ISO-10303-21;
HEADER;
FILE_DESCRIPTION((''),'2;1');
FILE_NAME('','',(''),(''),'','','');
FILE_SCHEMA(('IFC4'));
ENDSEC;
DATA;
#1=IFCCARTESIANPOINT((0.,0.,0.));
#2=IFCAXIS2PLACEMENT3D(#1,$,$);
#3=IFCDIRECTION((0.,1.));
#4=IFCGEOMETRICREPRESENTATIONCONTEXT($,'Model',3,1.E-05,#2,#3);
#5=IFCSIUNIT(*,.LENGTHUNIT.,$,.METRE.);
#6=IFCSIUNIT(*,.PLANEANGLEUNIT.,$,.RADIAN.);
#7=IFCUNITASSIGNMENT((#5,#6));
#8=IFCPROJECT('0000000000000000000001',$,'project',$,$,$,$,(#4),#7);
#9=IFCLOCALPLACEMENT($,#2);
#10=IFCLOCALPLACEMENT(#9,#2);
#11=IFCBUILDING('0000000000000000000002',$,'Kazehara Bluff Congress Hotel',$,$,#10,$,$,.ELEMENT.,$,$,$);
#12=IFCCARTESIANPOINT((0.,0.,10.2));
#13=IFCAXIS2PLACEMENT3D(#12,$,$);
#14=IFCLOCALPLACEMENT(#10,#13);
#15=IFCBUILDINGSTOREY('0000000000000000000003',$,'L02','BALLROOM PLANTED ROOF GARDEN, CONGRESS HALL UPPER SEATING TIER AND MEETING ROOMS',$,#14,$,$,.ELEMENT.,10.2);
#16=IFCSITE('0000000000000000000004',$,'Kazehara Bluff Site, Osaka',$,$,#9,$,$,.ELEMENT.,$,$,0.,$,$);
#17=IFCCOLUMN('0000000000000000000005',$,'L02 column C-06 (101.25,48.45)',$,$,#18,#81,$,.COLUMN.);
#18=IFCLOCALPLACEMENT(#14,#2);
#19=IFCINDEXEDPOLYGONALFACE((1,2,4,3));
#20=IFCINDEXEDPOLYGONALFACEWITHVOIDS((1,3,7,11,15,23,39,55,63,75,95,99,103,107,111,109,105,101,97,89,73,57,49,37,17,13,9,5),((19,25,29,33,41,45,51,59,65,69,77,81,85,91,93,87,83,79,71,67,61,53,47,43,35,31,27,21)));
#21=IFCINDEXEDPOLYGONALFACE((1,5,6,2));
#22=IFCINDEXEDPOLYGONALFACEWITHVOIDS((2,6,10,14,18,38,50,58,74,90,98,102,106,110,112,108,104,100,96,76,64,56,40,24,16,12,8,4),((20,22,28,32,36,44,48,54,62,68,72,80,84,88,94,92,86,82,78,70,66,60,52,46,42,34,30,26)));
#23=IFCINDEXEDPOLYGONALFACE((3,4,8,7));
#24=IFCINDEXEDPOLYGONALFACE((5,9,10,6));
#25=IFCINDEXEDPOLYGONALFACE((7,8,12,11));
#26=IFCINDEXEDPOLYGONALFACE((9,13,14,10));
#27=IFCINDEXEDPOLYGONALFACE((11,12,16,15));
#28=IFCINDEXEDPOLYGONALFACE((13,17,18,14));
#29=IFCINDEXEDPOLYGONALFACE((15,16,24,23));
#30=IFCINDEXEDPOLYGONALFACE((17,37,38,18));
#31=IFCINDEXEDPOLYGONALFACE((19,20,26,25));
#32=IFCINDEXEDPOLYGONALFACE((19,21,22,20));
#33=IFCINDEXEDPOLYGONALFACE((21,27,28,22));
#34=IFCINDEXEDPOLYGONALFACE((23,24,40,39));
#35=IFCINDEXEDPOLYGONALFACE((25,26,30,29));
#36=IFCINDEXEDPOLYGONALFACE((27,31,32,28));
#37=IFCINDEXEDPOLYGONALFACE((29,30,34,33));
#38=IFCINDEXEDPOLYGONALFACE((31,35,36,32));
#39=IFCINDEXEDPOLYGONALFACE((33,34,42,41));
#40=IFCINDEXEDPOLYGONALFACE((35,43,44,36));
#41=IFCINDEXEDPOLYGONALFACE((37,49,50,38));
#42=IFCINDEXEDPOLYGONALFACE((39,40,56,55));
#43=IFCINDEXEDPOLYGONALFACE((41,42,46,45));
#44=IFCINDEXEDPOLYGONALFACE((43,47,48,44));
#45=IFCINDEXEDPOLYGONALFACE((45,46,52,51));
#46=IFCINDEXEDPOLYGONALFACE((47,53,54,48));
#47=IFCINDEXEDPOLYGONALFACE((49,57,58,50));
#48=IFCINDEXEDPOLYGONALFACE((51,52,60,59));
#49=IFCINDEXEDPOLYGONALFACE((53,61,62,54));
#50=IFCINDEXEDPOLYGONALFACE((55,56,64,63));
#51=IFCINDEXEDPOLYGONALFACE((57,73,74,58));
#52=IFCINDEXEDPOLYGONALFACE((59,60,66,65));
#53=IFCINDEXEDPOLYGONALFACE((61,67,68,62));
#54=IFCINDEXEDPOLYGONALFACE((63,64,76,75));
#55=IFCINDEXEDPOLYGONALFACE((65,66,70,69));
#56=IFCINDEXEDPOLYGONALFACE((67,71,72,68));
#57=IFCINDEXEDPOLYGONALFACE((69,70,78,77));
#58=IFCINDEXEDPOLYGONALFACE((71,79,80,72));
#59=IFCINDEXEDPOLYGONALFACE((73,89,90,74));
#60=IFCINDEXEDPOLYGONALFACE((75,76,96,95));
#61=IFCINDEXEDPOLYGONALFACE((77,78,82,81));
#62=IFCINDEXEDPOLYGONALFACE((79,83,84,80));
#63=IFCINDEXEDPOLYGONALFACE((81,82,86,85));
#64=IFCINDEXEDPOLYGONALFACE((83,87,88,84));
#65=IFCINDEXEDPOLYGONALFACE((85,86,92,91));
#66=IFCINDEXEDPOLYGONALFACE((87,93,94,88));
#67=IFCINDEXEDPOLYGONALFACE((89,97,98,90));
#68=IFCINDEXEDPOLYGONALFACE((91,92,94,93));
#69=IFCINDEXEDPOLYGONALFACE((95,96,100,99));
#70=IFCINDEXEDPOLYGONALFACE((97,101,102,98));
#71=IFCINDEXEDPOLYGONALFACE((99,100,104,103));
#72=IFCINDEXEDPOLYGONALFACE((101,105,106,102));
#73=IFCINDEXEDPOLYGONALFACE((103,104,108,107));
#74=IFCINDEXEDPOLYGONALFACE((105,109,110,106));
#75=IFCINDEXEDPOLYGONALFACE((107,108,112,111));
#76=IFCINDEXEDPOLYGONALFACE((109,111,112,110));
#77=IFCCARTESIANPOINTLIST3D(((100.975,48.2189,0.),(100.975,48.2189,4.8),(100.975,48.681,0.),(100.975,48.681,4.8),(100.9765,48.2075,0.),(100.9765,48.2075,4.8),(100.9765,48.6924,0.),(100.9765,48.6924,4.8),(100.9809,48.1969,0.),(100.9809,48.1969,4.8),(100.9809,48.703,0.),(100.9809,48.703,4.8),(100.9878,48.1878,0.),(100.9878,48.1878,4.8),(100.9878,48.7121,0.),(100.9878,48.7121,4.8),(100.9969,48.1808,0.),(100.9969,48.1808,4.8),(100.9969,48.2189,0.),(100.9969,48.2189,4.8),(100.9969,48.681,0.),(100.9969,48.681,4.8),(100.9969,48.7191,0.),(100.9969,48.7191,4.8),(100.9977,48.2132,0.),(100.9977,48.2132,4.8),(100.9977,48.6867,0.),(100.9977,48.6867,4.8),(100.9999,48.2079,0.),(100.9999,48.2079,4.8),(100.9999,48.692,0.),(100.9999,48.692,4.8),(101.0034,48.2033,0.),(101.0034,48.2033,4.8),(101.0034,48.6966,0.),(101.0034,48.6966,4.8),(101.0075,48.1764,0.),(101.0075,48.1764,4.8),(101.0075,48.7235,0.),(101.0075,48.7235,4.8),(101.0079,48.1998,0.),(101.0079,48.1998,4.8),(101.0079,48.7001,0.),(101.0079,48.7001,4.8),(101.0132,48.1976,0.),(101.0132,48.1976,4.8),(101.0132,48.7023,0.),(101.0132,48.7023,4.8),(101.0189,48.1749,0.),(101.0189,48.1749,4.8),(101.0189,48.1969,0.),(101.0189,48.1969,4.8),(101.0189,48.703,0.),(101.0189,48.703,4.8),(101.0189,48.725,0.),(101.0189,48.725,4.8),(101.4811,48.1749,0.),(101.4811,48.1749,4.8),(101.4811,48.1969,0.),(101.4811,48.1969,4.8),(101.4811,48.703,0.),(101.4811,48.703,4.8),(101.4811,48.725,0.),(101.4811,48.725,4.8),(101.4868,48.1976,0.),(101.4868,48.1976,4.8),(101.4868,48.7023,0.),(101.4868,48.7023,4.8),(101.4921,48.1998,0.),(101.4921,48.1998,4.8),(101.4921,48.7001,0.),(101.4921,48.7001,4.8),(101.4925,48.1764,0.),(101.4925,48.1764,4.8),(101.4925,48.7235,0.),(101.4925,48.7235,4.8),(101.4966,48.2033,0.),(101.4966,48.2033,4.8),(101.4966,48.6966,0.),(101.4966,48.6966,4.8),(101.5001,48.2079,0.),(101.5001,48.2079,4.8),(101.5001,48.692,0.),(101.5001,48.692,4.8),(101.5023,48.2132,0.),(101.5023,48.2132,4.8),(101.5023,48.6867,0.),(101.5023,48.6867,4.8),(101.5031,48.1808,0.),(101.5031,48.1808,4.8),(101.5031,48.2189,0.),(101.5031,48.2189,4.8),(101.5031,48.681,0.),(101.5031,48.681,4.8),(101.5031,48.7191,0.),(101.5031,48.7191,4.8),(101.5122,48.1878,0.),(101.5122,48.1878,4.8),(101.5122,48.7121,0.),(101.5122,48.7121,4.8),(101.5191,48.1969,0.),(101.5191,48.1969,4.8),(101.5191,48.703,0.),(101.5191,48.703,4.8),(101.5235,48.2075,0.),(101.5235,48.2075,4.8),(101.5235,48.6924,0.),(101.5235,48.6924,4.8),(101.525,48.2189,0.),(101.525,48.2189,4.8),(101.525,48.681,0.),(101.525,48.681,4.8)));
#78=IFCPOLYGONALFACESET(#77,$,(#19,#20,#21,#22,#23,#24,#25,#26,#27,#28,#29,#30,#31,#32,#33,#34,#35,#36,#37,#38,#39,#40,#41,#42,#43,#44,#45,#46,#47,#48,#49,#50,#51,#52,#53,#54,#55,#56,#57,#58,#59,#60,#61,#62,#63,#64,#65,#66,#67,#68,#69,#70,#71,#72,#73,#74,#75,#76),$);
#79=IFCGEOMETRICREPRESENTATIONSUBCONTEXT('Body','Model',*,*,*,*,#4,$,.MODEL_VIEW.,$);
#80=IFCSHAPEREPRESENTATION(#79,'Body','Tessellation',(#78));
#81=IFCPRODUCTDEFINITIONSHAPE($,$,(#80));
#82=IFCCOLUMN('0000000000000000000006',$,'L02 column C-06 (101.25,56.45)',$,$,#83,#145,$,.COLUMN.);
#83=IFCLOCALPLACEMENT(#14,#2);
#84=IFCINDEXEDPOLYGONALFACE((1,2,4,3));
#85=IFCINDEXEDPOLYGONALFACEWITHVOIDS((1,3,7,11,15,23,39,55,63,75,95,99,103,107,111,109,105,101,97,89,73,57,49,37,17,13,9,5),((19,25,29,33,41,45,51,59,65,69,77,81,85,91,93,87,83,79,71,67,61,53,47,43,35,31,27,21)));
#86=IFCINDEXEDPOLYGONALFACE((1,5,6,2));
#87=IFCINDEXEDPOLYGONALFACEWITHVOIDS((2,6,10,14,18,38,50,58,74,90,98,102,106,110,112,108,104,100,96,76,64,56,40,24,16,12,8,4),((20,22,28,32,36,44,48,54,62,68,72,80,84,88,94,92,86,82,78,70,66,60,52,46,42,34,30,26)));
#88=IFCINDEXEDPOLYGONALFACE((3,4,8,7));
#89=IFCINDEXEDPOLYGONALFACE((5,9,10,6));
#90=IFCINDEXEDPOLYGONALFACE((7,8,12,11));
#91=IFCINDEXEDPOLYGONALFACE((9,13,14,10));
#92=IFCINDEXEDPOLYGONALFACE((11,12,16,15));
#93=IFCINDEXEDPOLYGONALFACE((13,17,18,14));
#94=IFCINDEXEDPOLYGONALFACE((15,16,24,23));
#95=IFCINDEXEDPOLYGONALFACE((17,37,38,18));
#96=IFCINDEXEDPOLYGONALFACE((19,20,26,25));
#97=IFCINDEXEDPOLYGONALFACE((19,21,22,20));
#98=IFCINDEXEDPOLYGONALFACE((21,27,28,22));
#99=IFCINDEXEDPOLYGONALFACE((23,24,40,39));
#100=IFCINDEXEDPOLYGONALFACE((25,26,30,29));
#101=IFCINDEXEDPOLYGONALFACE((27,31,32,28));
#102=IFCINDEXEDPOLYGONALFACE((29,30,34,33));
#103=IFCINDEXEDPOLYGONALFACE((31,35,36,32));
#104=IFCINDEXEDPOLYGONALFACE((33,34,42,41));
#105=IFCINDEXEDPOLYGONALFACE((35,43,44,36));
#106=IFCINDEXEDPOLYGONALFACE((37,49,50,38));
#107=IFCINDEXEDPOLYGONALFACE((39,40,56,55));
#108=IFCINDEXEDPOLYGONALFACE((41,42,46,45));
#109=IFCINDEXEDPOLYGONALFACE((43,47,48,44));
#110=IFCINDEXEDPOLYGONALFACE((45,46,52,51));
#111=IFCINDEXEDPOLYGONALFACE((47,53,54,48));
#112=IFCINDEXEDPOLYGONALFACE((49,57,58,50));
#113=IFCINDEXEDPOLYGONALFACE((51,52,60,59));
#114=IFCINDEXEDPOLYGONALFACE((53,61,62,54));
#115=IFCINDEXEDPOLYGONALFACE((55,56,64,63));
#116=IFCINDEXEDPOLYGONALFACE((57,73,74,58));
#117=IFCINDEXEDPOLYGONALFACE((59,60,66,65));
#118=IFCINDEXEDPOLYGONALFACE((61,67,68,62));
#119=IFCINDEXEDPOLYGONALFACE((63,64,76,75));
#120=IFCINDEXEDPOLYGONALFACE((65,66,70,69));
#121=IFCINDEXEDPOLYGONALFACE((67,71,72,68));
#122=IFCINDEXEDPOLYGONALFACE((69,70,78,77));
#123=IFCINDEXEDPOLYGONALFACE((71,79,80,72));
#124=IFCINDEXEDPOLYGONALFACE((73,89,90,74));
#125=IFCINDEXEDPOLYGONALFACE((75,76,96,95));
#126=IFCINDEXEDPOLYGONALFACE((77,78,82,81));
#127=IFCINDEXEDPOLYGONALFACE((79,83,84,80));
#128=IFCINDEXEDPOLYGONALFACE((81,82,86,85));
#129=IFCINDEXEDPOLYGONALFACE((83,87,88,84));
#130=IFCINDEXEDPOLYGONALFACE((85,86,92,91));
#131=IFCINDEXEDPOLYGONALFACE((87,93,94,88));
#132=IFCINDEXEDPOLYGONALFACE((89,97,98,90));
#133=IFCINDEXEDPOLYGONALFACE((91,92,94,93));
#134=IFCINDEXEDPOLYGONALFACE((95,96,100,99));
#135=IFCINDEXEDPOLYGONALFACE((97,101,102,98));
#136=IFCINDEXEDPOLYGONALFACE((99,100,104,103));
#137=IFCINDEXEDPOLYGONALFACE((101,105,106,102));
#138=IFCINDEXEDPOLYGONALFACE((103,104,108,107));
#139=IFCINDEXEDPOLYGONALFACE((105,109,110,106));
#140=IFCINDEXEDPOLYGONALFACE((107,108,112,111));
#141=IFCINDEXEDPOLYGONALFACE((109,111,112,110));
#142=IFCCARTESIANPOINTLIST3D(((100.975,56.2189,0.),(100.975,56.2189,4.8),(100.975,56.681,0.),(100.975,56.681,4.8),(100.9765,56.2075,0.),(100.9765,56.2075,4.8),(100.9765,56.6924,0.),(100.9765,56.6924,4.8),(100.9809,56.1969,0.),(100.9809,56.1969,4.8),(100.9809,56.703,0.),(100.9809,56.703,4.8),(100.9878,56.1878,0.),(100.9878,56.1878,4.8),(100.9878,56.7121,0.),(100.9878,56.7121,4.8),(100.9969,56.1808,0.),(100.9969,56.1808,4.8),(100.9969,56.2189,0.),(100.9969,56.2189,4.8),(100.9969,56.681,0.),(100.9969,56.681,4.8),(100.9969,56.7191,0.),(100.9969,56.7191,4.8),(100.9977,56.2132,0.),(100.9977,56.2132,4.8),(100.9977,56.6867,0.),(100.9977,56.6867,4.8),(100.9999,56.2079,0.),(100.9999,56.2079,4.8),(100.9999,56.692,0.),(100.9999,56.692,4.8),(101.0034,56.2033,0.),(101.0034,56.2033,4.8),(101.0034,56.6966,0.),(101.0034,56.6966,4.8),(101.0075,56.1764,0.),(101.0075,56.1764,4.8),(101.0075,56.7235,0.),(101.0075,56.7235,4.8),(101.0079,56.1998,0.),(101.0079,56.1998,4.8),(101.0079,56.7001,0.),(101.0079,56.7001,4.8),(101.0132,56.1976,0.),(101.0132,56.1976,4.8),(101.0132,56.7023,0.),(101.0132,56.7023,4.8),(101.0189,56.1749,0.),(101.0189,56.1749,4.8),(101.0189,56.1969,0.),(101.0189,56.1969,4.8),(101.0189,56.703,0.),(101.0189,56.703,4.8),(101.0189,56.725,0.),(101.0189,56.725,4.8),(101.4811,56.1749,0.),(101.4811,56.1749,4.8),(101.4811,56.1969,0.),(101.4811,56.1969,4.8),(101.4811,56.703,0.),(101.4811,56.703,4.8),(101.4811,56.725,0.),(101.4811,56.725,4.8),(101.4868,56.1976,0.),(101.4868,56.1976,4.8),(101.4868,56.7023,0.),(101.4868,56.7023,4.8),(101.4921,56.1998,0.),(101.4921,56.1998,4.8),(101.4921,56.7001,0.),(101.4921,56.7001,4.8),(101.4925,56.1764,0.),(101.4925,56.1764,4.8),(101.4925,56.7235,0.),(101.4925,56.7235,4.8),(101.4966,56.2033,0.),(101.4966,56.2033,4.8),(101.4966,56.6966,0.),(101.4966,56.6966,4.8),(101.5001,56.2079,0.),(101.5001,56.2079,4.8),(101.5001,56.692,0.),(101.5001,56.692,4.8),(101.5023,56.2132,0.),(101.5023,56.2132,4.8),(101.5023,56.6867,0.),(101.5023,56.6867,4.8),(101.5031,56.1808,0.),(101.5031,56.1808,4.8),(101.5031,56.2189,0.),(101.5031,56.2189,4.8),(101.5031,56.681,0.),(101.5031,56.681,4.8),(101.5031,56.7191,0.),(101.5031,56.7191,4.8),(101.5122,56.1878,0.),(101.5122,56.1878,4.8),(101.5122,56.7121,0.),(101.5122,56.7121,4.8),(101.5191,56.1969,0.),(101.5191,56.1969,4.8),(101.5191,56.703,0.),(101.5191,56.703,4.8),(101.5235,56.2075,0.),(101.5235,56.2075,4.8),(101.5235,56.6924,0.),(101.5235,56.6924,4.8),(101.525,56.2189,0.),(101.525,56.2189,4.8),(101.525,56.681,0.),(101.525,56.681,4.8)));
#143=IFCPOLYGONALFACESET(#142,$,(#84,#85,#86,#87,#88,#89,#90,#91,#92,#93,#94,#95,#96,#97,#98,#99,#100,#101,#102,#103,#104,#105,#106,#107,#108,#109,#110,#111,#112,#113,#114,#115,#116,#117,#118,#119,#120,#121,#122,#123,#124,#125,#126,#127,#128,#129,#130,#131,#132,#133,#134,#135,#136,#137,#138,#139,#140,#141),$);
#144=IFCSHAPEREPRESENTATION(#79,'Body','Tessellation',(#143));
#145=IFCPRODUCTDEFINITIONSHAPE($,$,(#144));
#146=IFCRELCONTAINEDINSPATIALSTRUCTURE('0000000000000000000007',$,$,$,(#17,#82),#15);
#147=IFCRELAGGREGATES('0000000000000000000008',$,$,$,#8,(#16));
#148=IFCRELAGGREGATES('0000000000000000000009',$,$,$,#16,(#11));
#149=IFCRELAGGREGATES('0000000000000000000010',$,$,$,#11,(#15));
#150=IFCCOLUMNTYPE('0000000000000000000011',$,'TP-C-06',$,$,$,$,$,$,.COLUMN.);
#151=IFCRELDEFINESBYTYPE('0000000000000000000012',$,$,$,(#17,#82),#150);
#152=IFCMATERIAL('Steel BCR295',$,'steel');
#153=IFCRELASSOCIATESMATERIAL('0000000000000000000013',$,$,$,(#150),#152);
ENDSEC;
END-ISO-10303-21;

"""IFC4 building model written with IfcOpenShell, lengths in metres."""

from ifc_helpers import new_model, si_unit, direction, frame, origin, origin_2d, place, context, subcontext, project, spatial, hollow_rectangle, extrude, material, material_profile, profile_set, type_object, element, save


model = new_model("IFC4")

# Units and contexts
model_context = context("Model", 3, precision=1e-05, world=origin(), true_north=direction((0.0, 1.0)))
body_context = subcontext(model_context, "Body", "Model", "MODEL_VIEW")
ifc_project = project(units=[si_unit("LENGTHUNIT", "METRE"), si_unit("PLANEANGLEUNIT", "RADIAN")], contexts=[model_context])

# Site, building, storey
site_placement = place(None, origin())
site = spatial("IfcSite", under=ifc_project, at=site_placement, Name="Kazehara Bluff Site, Osaka", CompositionType="ELEMENT", RefElevation=0.0)
building_placement = place(site_placement, origin())
building = spatial("IfcBuilding", under=site, at=building_placement, Name="Kazehara Bluff Congress Hotel", CompositionType="ELEMENT")
storey_placement = place(building_placement, frame((0.0, 0.0, 10.2)))
storey = spatial("IfcBuildingStorey", under=building, at=storey_placement, Name="L02", Description="BALLROOM PLANTED ROOF GARDEN, CONGRESS HALL UPPER SEATING TIER AND MEETING ROOMS", CompositionType="ELEMENT", Elevation=10.2)

# Columns
ifc_material_1 = material(Name="Steel BCR295", Category="steel")
ifc_material_profile_1 = material_profile(ifc_material_1, hollow_rectangle(XDim=0.55, YDim=0.55, WallThickness=0.022, InnerFilletRadius=0.022, OuterFilletRadius=0.0439, at=origin_2d()))
ifc_profile_set_1 = profile_set([ifc_material_profile_1], Name="Steel BCR295")
column_type = type_object("IfcColumnType", Name="TP-C-06", PredefinedType="COLUMN", material=ifc_profile_set_1)
for number, where, z_axis, x_axis, name in (
    (1, (101.25, 48.45, 0.0), (0.0, 0.0, 1.0), (1.0, 0.0, 0.0), "L02 column C-06 (101.25,48.45)"),
    (2, (101.25, 56.45, 0.0), (0.0, 0.0, 1.0), (1.0, 0.0, 0.0), "L02 column C-06 (101.25,56.45)"),
):
    element("IfcColumn", number, at=place(storey_placement, frame(where, z_axis=z_axis, x_axis=x_axis)), inside=storey, type_object=column_type, Name=name, PredefinedType="COLUMN", context=body_context, shape_type="SweptSolid", body=[
        extrude(hollow_rectangle(XDim=0.55, YDim=0.55, WallThickness=0.022, InnerFilletRadius=0.022, OuterFilletRadius=0.0439, at=origin_2d()), origin(), (0.0, 0.0, 1.0), 4.8),
    ])

save(model, "model.ifc")
